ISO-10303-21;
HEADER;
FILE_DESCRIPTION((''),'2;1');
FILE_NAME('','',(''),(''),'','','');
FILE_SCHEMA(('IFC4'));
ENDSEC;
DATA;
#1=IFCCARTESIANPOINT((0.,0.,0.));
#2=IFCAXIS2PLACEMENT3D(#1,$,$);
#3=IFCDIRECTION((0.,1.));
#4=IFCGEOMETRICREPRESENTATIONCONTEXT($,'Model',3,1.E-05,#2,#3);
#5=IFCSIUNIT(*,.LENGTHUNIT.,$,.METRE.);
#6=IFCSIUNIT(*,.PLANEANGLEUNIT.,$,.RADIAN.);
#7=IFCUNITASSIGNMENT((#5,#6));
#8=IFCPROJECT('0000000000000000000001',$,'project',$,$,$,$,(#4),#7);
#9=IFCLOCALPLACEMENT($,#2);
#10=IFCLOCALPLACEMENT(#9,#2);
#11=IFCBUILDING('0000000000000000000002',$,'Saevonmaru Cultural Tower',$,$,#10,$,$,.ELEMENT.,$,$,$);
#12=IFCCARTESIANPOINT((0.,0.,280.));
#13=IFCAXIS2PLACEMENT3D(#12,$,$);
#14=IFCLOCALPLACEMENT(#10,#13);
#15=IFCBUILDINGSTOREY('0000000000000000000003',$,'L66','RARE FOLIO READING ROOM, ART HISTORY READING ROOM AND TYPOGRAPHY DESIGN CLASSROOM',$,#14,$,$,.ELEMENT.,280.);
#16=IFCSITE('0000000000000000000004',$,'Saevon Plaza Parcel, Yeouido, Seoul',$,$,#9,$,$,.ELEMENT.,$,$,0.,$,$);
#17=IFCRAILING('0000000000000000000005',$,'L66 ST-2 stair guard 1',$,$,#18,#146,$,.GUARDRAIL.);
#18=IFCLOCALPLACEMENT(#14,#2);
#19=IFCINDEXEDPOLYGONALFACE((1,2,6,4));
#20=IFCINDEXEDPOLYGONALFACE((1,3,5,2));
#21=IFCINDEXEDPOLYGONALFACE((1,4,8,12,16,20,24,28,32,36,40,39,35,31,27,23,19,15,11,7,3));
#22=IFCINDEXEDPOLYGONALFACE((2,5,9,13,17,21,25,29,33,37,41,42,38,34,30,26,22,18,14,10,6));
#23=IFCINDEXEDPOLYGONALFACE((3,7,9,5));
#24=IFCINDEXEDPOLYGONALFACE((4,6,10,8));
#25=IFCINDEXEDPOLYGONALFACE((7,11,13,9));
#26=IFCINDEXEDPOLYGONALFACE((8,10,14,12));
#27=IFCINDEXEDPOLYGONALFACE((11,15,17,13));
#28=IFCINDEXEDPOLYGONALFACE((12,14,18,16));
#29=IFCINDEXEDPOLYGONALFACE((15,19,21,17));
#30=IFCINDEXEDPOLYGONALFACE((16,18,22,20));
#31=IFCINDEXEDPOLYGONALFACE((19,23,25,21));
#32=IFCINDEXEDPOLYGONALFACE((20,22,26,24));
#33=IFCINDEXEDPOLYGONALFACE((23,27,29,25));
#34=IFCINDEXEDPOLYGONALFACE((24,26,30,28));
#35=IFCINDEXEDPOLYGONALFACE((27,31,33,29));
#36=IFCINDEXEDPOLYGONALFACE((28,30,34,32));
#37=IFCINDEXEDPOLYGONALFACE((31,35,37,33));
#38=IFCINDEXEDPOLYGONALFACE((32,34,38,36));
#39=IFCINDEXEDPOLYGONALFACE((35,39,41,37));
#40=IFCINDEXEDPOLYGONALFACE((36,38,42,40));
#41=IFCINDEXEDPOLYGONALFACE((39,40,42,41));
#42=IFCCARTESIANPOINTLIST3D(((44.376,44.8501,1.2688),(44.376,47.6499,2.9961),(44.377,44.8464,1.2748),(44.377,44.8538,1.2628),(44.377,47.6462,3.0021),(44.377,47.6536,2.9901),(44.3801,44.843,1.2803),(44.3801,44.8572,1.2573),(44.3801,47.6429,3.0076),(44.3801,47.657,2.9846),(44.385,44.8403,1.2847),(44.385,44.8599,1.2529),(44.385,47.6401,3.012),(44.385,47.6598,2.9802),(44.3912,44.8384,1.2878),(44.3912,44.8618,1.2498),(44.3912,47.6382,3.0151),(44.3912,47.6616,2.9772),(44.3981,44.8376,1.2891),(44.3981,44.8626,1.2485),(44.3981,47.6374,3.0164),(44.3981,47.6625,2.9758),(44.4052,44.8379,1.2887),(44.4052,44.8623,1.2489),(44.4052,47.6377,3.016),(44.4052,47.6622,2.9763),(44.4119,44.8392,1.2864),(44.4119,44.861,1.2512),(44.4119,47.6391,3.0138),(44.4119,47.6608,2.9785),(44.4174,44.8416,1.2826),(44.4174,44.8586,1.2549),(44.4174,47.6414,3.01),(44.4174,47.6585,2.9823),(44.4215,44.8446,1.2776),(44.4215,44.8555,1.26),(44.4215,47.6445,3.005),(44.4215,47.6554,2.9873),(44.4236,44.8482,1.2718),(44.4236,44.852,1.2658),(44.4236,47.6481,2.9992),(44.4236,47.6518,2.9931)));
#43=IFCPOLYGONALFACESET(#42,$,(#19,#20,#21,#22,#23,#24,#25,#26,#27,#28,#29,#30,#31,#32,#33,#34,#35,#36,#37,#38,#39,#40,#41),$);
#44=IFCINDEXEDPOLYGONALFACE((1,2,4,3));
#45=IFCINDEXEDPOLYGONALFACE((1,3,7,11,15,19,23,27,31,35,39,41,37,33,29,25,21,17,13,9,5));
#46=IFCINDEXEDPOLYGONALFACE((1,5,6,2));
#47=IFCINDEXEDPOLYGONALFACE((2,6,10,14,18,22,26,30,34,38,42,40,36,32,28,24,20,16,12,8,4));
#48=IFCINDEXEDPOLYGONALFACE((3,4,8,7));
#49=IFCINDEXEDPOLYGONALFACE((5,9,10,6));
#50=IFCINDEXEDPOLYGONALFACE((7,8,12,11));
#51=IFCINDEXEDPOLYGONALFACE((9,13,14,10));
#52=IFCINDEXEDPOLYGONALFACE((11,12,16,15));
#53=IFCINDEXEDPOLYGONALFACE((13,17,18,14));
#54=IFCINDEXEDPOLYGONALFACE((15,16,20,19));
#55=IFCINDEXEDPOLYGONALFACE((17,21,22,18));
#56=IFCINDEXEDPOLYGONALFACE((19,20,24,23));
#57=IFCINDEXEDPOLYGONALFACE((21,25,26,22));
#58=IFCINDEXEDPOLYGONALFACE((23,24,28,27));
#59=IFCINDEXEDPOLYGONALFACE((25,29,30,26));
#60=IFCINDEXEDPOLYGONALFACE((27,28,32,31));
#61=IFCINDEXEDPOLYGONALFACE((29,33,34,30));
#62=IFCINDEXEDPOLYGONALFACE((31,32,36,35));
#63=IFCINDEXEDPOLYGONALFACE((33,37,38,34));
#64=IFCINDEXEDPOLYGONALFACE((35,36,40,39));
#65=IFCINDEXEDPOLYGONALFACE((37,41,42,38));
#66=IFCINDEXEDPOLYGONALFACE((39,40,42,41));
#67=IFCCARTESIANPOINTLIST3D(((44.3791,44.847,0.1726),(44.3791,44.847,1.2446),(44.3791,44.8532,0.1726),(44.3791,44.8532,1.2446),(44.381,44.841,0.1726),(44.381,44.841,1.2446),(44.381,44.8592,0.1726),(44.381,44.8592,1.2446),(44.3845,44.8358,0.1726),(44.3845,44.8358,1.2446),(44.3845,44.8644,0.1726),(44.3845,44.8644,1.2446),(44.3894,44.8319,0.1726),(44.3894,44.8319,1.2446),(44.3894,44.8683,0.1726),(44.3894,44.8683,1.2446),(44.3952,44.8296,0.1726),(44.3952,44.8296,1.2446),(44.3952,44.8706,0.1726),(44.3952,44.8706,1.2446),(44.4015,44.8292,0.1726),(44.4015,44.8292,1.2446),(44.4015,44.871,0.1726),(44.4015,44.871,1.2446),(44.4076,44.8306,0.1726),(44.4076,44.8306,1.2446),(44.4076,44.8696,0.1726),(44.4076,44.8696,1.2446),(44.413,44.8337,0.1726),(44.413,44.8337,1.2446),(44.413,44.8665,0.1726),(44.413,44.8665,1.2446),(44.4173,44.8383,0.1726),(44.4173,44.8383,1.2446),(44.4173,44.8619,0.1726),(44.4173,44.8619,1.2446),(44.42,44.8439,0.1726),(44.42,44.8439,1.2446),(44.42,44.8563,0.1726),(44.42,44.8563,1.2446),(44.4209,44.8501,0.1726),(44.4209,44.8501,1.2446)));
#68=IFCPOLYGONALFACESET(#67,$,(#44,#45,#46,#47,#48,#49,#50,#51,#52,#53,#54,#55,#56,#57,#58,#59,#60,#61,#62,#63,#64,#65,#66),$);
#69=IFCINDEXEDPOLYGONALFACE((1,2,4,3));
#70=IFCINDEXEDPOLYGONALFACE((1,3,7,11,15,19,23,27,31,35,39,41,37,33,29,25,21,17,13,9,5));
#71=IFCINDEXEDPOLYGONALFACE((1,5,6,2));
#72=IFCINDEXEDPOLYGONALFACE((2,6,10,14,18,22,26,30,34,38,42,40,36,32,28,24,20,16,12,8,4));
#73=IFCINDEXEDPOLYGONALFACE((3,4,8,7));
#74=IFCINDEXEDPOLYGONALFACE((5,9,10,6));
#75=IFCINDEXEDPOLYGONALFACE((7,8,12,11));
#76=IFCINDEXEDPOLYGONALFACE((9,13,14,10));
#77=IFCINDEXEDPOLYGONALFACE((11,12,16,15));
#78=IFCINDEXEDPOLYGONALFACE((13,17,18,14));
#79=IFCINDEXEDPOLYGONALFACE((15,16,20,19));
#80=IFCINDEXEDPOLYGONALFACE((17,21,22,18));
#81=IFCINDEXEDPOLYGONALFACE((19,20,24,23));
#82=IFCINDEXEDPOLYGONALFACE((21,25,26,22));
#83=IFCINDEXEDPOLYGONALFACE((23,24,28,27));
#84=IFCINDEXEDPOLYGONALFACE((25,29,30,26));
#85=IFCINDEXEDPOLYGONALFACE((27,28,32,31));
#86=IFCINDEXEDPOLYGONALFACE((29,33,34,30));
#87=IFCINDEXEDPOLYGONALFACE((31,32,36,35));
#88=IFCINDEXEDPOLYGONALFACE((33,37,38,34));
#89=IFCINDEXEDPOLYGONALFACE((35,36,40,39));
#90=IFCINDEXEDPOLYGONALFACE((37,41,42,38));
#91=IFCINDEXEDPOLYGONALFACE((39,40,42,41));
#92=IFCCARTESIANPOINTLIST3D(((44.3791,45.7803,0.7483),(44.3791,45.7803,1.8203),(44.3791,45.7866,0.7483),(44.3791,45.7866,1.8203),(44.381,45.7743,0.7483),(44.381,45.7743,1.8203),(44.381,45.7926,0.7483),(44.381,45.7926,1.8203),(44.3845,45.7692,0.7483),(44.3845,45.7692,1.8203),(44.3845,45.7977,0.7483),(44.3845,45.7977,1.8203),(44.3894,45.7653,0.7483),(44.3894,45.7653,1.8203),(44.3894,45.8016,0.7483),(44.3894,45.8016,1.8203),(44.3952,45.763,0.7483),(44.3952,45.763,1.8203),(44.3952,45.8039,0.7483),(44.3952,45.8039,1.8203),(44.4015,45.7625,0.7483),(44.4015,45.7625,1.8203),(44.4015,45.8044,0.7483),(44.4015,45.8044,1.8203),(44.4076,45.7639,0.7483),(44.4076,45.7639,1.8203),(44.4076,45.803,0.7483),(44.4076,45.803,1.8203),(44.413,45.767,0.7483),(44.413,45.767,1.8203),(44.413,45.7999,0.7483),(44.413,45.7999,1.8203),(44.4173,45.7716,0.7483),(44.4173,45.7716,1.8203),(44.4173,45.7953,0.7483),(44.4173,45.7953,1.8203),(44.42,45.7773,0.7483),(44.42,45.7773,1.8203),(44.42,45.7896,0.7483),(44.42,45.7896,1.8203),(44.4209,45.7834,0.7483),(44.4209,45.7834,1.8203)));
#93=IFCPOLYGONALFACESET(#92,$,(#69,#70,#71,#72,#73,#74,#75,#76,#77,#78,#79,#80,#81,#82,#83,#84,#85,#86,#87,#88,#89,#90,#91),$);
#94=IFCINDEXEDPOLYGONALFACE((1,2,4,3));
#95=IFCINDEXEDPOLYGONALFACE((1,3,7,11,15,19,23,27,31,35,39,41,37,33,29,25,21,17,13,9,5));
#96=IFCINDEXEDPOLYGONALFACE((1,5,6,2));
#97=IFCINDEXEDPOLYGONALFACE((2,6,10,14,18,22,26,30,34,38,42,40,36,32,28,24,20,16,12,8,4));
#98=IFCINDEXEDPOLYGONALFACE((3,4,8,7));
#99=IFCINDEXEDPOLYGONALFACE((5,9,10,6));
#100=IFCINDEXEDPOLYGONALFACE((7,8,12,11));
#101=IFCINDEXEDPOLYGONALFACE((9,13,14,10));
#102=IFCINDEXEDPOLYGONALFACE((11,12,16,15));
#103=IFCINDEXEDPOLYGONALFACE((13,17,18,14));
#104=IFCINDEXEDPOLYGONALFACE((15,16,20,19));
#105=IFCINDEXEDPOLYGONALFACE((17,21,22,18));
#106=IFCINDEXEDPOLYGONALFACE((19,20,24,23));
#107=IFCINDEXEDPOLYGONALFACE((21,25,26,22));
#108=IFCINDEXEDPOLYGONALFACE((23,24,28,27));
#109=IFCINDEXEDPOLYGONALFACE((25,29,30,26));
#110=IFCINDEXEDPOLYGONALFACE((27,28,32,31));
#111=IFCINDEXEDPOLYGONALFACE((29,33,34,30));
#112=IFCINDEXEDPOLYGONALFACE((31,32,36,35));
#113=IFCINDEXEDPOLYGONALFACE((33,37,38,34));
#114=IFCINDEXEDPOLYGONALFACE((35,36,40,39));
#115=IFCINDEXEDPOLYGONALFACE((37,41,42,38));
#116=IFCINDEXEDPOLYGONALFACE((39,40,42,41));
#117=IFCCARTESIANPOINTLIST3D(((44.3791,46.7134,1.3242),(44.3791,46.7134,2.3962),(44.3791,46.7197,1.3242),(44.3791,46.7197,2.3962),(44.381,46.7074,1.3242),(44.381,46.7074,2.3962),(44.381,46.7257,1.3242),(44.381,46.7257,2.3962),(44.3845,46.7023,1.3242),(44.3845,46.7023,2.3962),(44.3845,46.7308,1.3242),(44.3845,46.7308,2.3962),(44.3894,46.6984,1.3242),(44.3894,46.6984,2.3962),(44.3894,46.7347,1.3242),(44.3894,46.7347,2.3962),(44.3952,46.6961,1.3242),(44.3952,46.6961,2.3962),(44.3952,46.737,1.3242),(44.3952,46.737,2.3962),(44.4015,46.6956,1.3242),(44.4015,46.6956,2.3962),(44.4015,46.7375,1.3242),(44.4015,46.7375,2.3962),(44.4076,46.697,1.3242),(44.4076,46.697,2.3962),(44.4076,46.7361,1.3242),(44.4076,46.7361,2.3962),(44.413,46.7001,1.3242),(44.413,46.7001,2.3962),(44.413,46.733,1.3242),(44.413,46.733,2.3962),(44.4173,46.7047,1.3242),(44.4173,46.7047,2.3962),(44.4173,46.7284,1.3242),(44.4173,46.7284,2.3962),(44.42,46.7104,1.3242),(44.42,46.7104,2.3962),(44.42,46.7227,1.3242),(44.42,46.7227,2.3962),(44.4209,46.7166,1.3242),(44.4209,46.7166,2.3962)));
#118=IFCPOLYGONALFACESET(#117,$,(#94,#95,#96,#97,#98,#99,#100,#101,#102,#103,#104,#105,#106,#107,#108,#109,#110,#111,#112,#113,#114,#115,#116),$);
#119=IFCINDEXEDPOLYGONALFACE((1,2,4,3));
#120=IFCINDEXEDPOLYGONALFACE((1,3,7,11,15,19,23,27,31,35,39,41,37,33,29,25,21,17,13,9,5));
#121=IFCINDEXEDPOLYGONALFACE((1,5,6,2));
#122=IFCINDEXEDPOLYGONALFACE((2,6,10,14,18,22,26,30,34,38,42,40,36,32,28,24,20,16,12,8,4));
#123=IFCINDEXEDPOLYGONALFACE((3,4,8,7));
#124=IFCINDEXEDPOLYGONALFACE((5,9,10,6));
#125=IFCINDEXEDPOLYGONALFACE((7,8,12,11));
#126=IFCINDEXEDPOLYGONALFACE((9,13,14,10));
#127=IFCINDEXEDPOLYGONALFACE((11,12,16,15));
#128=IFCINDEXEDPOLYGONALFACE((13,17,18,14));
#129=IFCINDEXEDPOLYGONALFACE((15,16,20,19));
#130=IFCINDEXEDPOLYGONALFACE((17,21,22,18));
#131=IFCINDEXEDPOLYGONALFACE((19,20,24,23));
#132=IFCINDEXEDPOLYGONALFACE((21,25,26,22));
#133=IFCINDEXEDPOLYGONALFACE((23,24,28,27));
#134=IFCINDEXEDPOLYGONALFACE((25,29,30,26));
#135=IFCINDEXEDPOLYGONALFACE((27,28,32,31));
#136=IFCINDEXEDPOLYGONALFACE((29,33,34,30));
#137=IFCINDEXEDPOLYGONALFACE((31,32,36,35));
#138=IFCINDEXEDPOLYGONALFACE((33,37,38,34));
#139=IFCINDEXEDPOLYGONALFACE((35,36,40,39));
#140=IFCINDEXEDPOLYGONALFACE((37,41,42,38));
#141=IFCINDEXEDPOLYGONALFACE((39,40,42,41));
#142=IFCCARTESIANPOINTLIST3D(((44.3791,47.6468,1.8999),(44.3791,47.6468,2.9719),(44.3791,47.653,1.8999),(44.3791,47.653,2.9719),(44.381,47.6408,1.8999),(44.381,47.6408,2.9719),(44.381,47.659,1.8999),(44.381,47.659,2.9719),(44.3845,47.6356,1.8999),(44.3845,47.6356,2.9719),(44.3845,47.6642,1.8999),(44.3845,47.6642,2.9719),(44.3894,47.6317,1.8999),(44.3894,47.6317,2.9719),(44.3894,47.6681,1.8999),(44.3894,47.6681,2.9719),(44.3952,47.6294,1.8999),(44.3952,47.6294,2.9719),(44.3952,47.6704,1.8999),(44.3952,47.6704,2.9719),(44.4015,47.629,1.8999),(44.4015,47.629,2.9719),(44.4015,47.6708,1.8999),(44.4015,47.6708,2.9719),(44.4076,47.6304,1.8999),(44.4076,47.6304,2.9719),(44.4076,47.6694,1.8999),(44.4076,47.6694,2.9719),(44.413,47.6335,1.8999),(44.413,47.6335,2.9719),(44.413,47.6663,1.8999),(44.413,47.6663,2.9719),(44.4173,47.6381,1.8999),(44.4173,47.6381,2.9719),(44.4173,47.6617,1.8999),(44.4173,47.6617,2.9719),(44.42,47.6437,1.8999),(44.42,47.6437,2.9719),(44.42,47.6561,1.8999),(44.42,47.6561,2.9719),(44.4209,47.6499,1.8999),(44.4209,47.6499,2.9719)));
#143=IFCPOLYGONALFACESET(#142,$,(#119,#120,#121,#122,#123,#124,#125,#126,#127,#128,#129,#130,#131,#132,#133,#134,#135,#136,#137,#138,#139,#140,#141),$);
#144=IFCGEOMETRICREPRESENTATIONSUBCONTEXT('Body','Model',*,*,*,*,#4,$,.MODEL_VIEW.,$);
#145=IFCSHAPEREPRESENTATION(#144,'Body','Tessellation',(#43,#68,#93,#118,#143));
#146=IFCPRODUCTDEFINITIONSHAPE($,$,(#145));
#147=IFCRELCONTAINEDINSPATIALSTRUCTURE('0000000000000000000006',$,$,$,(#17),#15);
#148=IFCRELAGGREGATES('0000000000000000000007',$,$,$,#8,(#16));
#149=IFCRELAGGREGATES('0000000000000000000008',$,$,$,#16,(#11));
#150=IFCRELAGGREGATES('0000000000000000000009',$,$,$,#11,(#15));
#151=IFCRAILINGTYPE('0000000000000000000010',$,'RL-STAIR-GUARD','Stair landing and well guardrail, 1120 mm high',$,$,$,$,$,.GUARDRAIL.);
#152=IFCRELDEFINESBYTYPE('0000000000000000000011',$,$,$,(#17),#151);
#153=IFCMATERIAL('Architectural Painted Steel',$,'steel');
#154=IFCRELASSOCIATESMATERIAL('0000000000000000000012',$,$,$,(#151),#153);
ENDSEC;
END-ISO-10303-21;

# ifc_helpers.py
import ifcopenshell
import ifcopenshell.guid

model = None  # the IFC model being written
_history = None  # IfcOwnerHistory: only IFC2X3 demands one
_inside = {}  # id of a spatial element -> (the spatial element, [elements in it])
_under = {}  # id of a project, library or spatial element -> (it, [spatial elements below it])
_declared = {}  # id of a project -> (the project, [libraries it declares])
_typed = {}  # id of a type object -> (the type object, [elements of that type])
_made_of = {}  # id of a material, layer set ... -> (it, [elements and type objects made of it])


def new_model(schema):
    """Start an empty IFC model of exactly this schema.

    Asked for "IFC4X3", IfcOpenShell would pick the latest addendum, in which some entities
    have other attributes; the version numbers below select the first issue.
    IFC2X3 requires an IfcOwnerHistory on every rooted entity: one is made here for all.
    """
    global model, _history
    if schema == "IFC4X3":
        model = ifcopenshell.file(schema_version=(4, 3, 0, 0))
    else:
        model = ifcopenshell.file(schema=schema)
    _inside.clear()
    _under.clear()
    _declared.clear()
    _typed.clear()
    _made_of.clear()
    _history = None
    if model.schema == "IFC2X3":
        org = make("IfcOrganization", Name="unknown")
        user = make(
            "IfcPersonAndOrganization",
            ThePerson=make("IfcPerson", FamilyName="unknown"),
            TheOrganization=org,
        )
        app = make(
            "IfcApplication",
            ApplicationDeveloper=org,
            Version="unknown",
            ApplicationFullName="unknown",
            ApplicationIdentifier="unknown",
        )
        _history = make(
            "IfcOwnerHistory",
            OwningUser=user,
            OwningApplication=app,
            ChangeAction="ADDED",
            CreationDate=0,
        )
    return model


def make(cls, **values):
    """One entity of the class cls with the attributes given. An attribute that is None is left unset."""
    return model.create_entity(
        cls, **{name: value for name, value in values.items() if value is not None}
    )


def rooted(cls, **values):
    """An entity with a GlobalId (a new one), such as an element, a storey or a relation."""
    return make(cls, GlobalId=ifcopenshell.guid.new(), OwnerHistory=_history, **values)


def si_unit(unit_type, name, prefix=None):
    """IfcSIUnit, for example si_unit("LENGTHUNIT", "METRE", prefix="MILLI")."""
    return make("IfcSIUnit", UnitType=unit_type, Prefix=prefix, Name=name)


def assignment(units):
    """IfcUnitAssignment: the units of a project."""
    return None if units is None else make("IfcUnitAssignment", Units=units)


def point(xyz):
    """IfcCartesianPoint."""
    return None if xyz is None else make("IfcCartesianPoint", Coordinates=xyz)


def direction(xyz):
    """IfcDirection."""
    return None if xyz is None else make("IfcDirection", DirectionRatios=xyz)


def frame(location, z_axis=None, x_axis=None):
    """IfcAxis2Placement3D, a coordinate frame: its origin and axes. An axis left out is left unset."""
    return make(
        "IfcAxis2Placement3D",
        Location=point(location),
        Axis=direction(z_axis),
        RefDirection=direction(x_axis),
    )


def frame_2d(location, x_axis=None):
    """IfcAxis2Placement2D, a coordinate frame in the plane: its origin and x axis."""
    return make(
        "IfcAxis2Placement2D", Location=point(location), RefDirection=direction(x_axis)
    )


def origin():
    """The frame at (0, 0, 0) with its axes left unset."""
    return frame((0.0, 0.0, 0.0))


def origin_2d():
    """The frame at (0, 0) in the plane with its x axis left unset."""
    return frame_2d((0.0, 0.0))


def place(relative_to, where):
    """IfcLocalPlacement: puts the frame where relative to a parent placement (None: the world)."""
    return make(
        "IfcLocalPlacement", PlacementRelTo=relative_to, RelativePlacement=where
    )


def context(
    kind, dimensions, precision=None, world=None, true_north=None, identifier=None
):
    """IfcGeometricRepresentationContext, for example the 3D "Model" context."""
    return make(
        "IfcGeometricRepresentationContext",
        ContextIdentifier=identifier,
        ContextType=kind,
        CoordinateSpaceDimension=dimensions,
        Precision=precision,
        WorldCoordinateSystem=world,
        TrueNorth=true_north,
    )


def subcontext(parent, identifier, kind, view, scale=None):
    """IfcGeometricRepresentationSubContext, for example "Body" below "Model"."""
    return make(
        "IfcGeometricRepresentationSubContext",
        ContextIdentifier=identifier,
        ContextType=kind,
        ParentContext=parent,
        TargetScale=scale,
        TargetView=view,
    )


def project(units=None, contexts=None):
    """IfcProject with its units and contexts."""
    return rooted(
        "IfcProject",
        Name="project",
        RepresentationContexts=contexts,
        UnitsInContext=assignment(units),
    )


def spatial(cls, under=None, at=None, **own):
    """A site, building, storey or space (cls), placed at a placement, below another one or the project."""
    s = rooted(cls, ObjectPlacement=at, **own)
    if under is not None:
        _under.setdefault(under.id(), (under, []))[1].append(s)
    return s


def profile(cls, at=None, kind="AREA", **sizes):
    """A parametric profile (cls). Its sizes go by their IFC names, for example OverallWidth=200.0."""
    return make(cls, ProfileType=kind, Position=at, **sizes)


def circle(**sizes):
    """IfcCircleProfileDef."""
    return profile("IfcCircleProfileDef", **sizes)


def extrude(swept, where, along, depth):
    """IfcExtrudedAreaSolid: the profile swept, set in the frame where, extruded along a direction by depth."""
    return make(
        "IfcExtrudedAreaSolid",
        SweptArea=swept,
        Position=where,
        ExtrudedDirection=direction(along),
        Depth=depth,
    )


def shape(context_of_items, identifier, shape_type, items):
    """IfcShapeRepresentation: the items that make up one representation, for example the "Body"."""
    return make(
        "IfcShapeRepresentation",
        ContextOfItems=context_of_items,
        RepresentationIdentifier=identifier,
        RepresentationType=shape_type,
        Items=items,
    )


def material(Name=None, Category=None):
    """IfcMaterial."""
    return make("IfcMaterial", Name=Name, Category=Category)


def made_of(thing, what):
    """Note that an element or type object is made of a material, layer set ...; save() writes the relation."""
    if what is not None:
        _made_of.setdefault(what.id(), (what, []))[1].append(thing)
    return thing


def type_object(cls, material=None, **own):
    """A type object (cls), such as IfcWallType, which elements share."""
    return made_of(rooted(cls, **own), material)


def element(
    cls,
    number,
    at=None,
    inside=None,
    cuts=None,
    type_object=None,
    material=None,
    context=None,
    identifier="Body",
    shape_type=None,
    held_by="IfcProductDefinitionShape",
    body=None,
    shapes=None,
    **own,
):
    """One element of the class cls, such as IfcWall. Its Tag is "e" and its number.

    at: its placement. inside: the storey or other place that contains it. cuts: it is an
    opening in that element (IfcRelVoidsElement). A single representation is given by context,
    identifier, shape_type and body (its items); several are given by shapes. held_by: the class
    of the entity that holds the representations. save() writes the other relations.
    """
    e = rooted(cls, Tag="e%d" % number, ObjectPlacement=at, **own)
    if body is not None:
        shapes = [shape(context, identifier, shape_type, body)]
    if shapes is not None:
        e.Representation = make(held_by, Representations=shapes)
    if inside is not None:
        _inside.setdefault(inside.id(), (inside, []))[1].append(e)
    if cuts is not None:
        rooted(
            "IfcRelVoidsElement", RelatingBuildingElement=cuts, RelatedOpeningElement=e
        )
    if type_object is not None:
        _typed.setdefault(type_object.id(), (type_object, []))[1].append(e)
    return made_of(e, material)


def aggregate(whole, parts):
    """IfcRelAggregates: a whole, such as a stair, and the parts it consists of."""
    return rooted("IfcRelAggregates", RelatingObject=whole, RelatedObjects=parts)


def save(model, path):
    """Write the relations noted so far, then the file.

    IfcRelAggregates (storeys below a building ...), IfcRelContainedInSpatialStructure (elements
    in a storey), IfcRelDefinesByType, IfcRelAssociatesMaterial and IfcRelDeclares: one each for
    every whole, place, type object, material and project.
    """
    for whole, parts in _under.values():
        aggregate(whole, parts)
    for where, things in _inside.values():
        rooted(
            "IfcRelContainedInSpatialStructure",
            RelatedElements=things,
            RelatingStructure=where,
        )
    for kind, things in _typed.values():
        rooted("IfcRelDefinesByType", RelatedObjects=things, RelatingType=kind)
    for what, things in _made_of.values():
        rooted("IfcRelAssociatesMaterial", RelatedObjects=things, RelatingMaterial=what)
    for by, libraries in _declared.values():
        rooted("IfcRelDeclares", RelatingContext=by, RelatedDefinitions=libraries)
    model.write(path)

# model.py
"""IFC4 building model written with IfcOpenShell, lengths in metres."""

from ifc_helpers import new_model, si_unit, direction, frame, origin, origin_2d, place, context, subcontext, project, spatial, circle, extrude, material, type_object, element, save


model = new_model("IFC4")

# Units and contexts
model_context = context("Model", 3, precision=1e-05, world=origin(), true_north=direction((0.0, 1.0)))
body_context = subcontext(model_context, "Body", "Model", "MODEL_VIEW")
ifc_project = project(units=[si_unit("LENGTHUNIT", "METRE"), si_unit("PLANEANGLEUNIT", "RADIAN")], contexts=[model_context])

# Site, building, storey
site_placement = place(None, origin())
site = spatial("IfcSite", under=ifc_project, at=site_placement, Name="Saevon Plaza Parcel, Yeouido, Seoul", CompositionType="ELEMENT", RefElevation=0.0)
building_placement = place(site_placement, origin())
building = spatial("IfcBuilding", under=site, at=building_placement, Name="Saevonmaru Cultural Tower", CompositionType="ELEMENT")
storey_placement = place(building_placement, frame((0.0, 0.0, 280.0)))
storey = spatial("IfcBuildingStorey", under=building, at=storey_placement, Name="L66", Description="RARE FOLIO READING ROOM, ART HISTORY READING ROOM AND TYPOGRAPHY DESIGN CLASSROOM", CompositionType="ELEMENT", Elevation=280.0)

# Railing
ifc_material_1 = material(Name="Architectural Painted Steel", Category="steel")
railing_type_1 = type_object("IfcRailingType", Name="RL-STAIR-GUARD", Description="Stair landing and well guardrail, 1120 mm high", PredefinedType="GUARDRAIL", material=ifc_material_1)
railing_1_placement = place(storey_placement, frame((44.3999, 44.8501, 0.1726)))
element("IfcRailing", 1, at=railing_1_placement, inside=storey, type_object=railing_type_1, Name="L66 ST-2 stair guard 1", PredefinedType="GUARDRAIL", context=body_context, shape_type="SweptSolid", body=[
    extrude(circle(Radius=0.0239, at=origin_2d()), frame((0.0, 0.0, 1.0962), z_axis=(0.0, 0.851069, 0.525054), x_axis=(-1.0, 0.0, 0.0)), (0.0, 0.0, 1.0), 3.2898),
    extrude(circle(Radius=0.021, at=origin_2d()), origin(), (0.0, 0.0, 1.0), 1.072),
    extrude(circle(Radius=0.021, at=origin_2d()), frame((0.0, 0.9333, 0.5757)), (0.0, 0.0, 1.0), 1.072),
    extrude(circle(Radius=0.021, at=origin_2d()), frame((0.0, 1.8665, 1.1516)), (0.0, 0.0, 1.0), 1.072),
    extrude(circle(Radius=0.021, at=origin_2d()), frame((0.0, 2.7998, 1.7273)), (0.0, 0.0, 1.0), 1.072),
])

save(model, "model.ifc")
